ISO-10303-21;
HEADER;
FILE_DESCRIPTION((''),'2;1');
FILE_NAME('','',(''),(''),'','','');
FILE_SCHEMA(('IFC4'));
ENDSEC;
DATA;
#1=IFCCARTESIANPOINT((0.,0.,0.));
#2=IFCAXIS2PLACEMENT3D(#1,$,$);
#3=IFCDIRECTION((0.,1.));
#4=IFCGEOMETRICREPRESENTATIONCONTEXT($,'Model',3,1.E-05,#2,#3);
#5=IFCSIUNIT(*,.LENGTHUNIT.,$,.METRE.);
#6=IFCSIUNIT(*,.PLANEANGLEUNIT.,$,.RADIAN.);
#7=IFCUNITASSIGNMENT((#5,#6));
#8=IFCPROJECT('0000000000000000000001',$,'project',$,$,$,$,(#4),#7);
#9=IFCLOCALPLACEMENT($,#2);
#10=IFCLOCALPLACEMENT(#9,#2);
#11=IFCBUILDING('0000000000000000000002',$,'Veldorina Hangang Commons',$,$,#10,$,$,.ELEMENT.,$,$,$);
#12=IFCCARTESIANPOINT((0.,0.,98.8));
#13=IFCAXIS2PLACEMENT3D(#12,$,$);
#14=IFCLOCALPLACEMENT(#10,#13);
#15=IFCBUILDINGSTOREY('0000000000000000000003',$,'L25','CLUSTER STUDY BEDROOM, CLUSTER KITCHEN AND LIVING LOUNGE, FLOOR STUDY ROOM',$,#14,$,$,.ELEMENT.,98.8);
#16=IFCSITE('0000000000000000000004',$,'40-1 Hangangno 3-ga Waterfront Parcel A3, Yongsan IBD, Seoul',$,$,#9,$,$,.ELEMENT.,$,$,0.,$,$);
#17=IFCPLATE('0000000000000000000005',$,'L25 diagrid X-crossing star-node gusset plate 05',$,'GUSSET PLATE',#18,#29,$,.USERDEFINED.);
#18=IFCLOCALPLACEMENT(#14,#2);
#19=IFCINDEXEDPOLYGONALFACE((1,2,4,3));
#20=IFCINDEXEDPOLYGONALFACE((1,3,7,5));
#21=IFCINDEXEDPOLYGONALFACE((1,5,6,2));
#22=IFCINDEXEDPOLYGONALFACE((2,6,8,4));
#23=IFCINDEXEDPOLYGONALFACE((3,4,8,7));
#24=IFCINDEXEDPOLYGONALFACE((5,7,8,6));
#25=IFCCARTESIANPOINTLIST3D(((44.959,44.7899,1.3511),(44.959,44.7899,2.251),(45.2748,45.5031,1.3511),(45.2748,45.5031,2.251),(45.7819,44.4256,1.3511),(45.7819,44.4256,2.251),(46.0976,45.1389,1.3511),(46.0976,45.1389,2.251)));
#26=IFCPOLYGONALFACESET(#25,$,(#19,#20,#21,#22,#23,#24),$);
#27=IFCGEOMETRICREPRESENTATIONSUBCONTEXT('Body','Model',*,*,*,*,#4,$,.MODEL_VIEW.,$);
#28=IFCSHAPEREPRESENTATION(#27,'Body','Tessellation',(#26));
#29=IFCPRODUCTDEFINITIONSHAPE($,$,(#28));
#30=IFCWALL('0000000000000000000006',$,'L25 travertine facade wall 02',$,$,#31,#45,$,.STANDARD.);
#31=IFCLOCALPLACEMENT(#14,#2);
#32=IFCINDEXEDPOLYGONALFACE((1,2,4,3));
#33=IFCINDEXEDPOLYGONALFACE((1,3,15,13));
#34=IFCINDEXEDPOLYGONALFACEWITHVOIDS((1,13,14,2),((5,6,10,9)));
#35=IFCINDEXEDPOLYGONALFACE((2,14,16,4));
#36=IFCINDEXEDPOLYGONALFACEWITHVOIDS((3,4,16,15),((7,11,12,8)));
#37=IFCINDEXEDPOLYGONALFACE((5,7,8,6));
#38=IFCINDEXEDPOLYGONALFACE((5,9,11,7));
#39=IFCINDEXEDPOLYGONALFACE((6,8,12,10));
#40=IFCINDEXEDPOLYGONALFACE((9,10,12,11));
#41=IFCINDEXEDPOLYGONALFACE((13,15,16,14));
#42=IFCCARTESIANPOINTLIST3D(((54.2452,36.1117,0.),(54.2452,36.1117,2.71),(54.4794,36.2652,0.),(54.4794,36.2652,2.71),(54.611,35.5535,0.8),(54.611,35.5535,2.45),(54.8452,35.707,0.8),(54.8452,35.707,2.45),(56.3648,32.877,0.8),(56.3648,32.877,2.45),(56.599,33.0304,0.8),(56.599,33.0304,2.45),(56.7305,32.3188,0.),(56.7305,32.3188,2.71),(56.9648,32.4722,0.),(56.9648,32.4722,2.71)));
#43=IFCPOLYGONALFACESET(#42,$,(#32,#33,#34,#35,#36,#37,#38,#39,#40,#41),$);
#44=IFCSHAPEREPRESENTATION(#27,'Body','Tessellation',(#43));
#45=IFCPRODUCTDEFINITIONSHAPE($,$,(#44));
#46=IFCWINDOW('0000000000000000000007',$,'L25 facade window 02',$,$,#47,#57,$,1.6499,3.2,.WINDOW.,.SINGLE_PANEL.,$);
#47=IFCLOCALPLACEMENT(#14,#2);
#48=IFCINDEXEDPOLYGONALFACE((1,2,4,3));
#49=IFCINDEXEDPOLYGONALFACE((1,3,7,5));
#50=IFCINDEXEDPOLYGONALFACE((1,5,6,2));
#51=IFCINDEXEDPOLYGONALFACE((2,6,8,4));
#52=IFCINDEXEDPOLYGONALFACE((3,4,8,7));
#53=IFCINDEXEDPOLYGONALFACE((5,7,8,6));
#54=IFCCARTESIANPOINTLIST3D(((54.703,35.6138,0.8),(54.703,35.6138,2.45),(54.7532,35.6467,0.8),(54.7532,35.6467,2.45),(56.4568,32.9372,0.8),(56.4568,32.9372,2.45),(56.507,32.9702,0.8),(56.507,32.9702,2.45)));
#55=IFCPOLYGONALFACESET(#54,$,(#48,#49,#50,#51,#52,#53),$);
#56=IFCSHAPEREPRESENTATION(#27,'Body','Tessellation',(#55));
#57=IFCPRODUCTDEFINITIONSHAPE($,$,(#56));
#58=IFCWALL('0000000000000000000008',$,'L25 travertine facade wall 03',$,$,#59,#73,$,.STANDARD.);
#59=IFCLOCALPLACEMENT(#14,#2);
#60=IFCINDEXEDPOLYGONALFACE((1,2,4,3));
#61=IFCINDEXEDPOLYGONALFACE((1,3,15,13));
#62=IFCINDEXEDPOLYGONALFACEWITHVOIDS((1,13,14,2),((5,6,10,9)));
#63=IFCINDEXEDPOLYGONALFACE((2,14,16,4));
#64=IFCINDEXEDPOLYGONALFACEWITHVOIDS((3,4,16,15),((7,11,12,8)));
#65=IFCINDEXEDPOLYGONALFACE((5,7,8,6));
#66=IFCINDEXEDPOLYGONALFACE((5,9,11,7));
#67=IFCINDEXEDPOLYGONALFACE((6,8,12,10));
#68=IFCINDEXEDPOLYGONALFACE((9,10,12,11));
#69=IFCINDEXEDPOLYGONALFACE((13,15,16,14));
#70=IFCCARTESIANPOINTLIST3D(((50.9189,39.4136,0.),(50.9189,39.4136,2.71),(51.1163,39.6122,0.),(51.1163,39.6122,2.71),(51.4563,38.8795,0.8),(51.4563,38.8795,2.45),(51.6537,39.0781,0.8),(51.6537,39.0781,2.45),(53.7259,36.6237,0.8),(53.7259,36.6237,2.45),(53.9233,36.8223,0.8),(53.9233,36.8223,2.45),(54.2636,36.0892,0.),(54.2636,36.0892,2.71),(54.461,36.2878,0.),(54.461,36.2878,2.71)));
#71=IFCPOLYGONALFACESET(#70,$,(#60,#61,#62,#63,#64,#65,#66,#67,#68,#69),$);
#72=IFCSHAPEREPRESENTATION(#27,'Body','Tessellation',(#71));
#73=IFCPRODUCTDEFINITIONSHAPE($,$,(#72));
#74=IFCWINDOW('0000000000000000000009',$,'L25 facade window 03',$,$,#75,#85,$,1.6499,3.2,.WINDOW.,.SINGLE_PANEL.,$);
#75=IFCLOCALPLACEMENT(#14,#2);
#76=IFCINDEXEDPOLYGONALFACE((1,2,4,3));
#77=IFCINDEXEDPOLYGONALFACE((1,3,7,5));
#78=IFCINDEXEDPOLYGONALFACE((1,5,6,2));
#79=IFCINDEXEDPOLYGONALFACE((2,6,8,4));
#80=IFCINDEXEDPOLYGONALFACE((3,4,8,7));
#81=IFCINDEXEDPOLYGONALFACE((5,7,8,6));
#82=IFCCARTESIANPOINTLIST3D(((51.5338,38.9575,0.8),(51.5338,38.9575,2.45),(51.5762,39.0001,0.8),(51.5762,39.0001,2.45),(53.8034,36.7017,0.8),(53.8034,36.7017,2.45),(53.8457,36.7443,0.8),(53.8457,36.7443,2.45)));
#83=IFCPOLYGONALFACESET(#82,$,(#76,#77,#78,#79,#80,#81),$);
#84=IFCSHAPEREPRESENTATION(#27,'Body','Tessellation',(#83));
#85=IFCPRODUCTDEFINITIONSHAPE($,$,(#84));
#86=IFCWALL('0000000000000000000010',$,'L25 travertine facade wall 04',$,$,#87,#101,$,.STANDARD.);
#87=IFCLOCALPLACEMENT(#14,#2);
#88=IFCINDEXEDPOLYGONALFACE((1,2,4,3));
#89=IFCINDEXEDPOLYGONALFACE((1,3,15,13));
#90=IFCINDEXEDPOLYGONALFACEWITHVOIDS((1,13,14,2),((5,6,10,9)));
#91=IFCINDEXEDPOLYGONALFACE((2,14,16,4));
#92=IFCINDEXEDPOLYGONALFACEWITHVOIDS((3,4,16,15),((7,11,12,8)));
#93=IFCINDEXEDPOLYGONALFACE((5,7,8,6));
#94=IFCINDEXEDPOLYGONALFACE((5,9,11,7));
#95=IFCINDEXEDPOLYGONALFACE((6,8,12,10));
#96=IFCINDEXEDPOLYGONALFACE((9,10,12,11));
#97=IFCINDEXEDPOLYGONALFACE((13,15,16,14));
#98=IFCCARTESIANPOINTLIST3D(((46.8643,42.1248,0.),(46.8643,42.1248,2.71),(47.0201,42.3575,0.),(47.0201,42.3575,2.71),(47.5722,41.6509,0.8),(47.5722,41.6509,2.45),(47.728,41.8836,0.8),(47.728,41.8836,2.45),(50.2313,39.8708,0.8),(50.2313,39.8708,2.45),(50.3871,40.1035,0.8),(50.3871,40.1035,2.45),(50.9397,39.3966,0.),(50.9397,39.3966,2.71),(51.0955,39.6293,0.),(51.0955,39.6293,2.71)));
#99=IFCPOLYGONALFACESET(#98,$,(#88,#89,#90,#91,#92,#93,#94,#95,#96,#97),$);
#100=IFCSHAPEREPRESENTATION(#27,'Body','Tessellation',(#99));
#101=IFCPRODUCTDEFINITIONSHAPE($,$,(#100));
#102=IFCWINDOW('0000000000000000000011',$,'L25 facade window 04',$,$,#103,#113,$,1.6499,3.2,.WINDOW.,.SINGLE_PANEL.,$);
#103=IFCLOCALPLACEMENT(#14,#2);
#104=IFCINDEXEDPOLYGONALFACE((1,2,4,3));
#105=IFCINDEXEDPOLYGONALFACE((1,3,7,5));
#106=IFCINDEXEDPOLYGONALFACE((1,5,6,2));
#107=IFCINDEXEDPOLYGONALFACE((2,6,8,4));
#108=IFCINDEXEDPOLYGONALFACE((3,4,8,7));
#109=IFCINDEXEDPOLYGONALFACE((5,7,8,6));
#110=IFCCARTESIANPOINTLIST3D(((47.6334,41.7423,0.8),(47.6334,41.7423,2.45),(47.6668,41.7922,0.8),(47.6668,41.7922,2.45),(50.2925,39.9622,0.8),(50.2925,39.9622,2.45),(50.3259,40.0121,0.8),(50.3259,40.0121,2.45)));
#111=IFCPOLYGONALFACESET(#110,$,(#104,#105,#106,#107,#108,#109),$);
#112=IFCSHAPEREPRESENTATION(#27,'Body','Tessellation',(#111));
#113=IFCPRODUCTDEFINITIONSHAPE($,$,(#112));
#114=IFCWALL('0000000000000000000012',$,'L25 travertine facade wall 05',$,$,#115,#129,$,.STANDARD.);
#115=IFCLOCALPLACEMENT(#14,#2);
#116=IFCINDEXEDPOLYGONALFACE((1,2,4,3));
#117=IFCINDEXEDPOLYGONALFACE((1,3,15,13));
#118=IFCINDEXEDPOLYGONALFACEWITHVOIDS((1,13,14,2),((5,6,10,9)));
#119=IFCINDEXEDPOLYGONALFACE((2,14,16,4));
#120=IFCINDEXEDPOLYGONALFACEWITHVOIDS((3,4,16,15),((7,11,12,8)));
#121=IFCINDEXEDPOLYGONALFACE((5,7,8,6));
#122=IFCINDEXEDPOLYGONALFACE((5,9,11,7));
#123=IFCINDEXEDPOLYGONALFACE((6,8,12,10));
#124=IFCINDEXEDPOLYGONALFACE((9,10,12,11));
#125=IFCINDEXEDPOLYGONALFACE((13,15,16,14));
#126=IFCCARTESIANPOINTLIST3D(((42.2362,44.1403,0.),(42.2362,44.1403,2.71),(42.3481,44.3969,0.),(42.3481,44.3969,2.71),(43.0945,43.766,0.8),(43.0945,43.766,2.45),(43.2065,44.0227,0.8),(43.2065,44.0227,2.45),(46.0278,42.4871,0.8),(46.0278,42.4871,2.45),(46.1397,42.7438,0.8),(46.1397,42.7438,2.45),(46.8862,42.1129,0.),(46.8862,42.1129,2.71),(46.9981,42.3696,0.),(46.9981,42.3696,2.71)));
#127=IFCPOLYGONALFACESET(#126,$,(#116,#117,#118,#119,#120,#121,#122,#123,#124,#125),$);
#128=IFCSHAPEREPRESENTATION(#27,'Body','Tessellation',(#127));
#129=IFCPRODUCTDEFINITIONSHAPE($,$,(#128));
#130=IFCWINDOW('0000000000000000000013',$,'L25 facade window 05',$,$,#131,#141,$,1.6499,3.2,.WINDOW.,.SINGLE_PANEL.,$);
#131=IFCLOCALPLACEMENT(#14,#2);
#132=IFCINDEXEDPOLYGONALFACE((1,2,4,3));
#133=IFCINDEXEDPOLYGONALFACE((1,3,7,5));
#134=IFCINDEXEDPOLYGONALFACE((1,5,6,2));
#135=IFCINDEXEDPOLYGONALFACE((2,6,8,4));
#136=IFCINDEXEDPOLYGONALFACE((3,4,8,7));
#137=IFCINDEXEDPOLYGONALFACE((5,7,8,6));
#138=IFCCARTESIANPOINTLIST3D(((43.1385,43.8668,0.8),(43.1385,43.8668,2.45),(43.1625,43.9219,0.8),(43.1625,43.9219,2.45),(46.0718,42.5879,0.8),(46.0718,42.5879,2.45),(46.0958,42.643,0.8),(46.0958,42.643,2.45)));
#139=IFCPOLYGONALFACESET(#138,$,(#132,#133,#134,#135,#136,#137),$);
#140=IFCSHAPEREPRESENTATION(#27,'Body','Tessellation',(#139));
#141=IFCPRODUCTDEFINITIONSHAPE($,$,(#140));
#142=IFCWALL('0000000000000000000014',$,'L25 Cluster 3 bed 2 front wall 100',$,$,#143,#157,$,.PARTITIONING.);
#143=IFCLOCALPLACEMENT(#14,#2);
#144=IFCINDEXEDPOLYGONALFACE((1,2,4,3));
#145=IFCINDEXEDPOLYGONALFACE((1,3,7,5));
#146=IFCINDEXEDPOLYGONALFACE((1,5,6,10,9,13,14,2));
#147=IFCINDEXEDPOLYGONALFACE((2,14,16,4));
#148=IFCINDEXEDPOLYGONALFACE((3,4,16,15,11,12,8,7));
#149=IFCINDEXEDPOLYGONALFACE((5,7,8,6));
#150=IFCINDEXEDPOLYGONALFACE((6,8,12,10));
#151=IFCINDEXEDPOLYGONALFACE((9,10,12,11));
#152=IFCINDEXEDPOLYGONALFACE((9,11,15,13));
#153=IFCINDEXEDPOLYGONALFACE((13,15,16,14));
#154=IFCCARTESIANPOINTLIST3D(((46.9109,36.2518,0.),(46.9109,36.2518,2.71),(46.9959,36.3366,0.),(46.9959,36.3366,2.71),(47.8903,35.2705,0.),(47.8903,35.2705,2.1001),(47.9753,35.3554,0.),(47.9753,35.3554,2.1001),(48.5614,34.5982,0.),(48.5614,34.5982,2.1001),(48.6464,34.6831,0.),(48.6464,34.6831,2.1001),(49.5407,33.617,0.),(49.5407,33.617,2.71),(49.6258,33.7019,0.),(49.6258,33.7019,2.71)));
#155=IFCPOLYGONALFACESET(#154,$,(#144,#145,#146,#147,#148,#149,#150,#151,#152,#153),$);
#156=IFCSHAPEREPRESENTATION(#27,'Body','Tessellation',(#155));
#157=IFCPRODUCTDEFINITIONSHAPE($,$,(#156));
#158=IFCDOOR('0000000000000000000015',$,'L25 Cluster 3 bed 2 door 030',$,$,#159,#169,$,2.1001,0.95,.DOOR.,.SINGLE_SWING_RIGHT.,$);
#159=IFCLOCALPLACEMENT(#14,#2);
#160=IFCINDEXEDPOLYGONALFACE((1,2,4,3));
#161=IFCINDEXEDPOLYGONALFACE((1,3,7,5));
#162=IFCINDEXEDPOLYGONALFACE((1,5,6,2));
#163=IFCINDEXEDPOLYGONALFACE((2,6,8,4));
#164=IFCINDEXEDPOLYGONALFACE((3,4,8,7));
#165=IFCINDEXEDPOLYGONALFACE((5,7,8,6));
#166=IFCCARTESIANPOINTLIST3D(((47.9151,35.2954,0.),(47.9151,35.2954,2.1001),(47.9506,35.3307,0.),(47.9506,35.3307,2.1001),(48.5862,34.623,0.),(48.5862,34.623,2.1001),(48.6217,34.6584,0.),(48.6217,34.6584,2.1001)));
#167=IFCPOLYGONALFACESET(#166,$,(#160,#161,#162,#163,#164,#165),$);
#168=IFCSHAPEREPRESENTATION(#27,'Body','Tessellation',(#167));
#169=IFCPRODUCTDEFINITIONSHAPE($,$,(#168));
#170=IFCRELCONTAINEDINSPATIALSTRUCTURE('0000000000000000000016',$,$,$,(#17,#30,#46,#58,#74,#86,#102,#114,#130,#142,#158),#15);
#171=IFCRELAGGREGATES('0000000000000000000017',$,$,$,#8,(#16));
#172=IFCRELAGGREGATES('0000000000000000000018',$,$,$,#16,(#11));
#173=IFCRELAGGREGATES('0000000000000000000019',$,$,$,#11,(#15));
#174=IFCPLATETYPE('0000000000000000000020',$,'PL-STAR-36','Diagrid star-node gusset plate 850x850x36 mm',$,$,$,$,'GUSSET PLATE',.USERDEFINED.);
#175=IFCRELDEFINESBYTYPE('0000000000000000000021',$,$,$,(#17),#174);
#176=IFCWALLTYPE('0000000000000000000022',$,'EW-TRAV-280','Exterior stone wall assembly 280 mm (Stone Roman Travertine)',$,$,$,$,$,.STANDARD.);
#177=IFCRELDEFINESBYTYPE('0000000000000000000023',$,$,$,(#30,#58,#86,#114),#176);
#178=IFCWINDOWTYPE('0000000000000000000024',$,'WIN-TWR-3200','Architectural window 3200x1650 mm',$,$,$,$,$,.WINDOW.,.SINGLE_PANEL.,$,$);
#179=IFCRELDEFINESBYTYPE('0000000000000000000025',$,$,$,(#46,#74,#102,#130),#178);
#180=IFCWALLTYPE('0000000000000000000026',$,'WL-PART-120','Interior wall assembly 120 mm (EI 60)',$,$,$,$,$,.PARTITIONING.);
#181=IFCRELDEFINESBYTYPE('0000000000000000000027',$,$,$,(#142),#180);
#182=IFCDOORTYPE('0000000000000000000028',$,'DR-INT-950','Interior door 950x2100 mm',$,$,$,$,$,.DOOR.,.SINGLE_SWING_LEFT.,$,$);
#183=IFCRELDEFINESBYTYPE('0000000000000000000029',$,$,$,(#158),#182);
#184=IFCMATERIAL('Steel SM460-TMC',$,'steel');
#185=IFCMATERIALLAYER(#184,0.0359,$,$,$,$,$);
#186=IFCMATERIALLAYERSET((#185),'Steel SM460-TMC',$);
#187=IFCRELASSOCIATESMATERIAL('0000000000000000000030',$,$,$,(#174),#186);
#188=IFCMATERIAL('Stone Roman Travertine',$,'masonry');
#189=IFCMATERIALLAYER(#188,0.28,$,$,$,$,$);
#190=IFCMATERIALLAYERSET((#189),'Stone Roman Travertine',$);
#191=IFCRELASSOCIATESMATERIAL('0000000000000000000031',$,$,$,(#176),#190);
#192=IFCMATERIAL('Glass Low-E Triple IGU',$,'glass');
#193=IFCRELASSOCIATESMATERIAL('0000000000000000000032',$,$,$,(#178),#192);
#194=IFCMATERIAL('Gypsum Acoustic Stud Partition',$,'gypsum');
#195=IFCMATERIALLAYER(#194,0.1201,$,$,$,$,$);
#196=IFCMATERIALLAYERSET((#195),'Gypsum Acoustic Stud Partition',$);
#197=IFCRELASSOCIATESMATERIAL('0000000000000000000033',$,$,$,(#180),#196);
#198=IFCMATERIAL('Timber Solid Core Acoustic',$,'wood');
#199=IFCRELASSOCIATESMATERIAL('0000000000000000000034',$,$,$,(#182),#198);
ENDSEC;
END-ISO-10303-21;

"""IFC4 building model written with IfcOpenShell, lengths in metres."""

from ifc_helpers import new_model, si_unit, direction, frame, frame_2d, origin, origin_2d, place, context, subcontext, project, spatial, rectangle, extrude, material, layer, layer_set, type_object, element, fill, save


model = new_model("IFC4")

# Units and contexts
model_context = context("Model", 3, precision=1e-05, world=origin(), true_north=direction((0.0, 1.0)))
body_context = subcontext(model_context, "Body", "Model", "MODEL_VIEW")
ifc_project = project(units=[si_unit("LENGTHUNIT", "METRE"), si_unit("PLANEANGLEUNIT", "RADIAN")], contexts=[model_context])

# Site, building, storey
site_placement = place(None, origin())
site = spatial("IfcSite", under=ifc_project, at=site_placement, Name="40-1 Hangangno 3-ga Waterfront Parcel A3, Yongsan IBD, Seoul", CompositionType="ELEMENT", RefElevation=0.0)
building_placement = place(site_placement, origin())
building = spatial("IfcBuilding", under=site, at=building_placement, Name="Veldorina Hangang Commons", CompositionType="ELEMENT")
storey_placement = place(building_placement, frame((0.0, 0.0, 98.8)))
storey = spatial("IfcBuildingStorey", under=building, at=storey_placement, Name="L25", Description="CLUSTER STUDY BEDROOM, CLUSTER KITCHEN AND LIVING LOUNGE, FLOOR STUDY ROOM", CompositionType="ELEMENT", Elevation=98.8)

# Shared definitions
ifc_material_1 = material(Name="Steel SM460-TMC", Category="steel")

# Plate
ifc_layer_1 = layer(ifc_material_1, 0.0359)
ifc_layer_set_1 = layer_set([ifc_layer_1], Name="Steel SM460-TMC")
plate_type = type_object("IfcPlateType", Name="PL-STAR-36", Description="Diagrid star-node gusset plate 850x850x36 mm", ElementType="GUSSET PLATE", PredefinedType="USERDEFINED", material=ifc_layer_set_1)
plate_1_placement = place(storey_placement, frame((45.5283, 44.9644, 1.3511), z_axis=(0.0, 0.0, 1.0), x_axis=(-0.914409, 0.404791, 0.0)))
element("IfcPlate", 1, at=plate_1_placement, inside=storey, type_object=plate_type, Name="L25 diagrid X-crossing star-node gusset plate 05", ObjectType="GUSSET PLATE", PredefinedType="USERDEFINED", context=body_context, shape_type="SweptSolid", body=[
    extrude(rectangle(XDim=0.8999, YDim=0.78, at=origin_2d()), origin(), (0.0, 0.0, 1.0), 0.8999),
])

# Walls, openings, windows
ifc_material_2 = material(Name="Stone Roman Travertine", Category="masonry")
ifc_layer_2 = layer(ifc_material_2, 0.28)
ifc_layer_set_2 = layer_set([ifc_layer_2], Name="Stone Roman Travertine")
wall_type_1 = type_object("IfcWallType", Name="EW-TRAV-280", Description="Exterior stone wall assembly 280 mm (Stone Roman Travertine)", PredefinedType="STANDARD", material=ifc_layer_set_2)
wall_1_placement = place(storey_placement, frame((56.8477, 32.3955, 0.0), z_axis=(0.0, 0.0, 1.0), x_axis=(-0.548073, 0.83643, 0.0)))
wall_1 = element("IfcWall", 2, at=wall_1_placement, inside=storey, type_object=wall_type_1, Name="L25 travertine facade wall 02", PredefinedType="STANDARD", context=body_context, shape_type="SweptSolid", body=[
    extrude(rectangle(XDim=4.5347, YDim=0.28, at=frame_2d((2.2673, 0.0))), origin(), (0.0, 0.0, 1.0), 2.71),
])
opening_1_placement = place(wall_1_placement, frame((0.6672, 0.0, 0.8)))
opening_1 = element("IfcOpeningElement", 3, at=opening_1_placement, cuts=wall_1, PredefinedType="OPENING", context=body_context, shape_type="SweptSolid", body=[
    extrude(rectangle(XDim=3.2, YDim=1.6499, at=frame_2d((1.6001, 0.825))), frame((0.0, 0.1499, 0.0), z_axis=(0.0, -1.0, 0.0), x_axis=(1.0, 0.0, 0.0)), (0.0, 0.0, 1.0), 0.3),
])
ifc_material_3 = material(Name="Glass Low-E Triple IGU", Category="glass")
window_type = type_object("IfcWindowType", Name="WIN-TWR-3200", Description="Architectural window 3200x1650 mm", PartitioningType="SINGLE_PANEL", PredefinedType="WINDOW", material=ifc_material_3)
window_1_placement = place(opening_1_placement, origin())
window_1 = element("IfcWindow", 4, at=window_1_placement, inside=storey, type_object=window_type, Name="L25 facade window 02", OverallHeight=1.6499, OverallWidth=3.2, PartitioningType="SINGLE_PANEL", PredefinedType="WINDOW", context=body_context, shape_type="SweptSolid", body=[
    extrude(rectangle(XDim=3.2, YDim=1.6499, at=frame_2d((1.6001, 0.825))), frame((0.0, 0.03, 0.0), z_axis=(0.0, -1.0, 0.0), x_axis=(1.0, 0.0, 0.0)), (0.0, 0.0, 1.0), 0.0601),
])
fill(opening_1, window_1)
wall_2_placement = place(storey_placement, frame((54.3623, 36.1885, 0.0), z_axis=(0.0, 0.0, 1.0), x_axis=(-0.709252, 0.704955, 0.0)))
wall_2 = element("IfcWall", 5, at=wall_2_placement, inside=storey, type_object=wall_type_1, Name="L25 travertine facade wall 03", PredefinedType="STANDARD", context=body_context, shape_type="SweptSolid", body=[
    extrude(rectangle(XDim=4.7158, YDim=0.28, at=frame_2d((2.3579, 0.0))), origin(), (0.0, 0.0, 1.0), 2.71),
])
opening_2_placement = place(wall_2_placement, frame((0.7581, 0.0, 0.8)))
opening_2 = element("IfcOpeningElement", 6, at=opening_2_placement, cuts=wall_2, PredefinedType="OPENING", context=body_context, shape_type="SweptSolid", body=[
    extrude(rectangle(XDim=3.2, YDim=1.6499, at=frame_2d((1.6001, 0.825))), frame((0.0, 0.1499, 0.0), z_axis=(0.0, -1.0, 0.0), x_axis=(1.0, 0.0, 0.0)), (0.0, 0.0, 1.0), 0.3),
])
window_2_placement = place(opening_2_placement, origin())
window_2 = element("IfcWindow", 7, at=window_2_placement, inside=storey, type_object=window_type, Name="L25 facade window 03", OverallHeight=1.6499, OverallWidth=3.2, PartitioningType="SINGLE_PANEL", PredefinedType="WINDOW", context=body_context, shape_type="SweptSolid", body=[
    extrude(rectangle(XDim=3.2, YDim=1.6499, at=frame_2d((1.6001, 0.825))), frame((0.0, 0.03, 0.0), z_axis=(0.0, -1.0, 0.0), x_axis=(1.0, 0.0, 0.0)), (0.0, 0.0, 1.0), 0.0601),
])
fill(opening_2, window_2)
wall_3_placement = place(storey_placement, frame((51.0176, 39.5129, 0.0), z_axis=(0.0, 0.0, 1.0), x_axis=(-0.830984, 0.556296, 0.0)))
wall_3 = element("IfcWall", 8, at=wall_3_placement, inside=storey, type_object=wall_type_1, Name="L25 travertine facade wall 04", PredefinedType="STANDARD", context=body_context, shape_type="SweptSolid", body=[
    extrude(rectangle(XDim=4.9043, YDim=0.28, at=frame_2d((2.4521, 0.0))), origin(), (0.0, 0.0, 1.0), 2.71),
])
opening_3_placement = place(wall_3_placement, frame((0.8523, 0.0, 0.8)))
opening_3 = element("IfcOpeningElement", 9, at=opening_3_placement, cuts=wall_3, PredefinedType="OPENING", context=body_context, shape_type="SweptSolid", body=[
    extrude(rectangle(XDim=3.2, YDim=1.6499, at=frame_2d((1.6001, 0.825))), frame((0.0, 0.1499, 0.0), z_axis=(0.0, -1.0, 0.0), x_axis=(1.0, 0.0, 0.0)), (0.0, 0.0, 1.0), 0.3),
])
window_3_placement = place(opening_3_placement, origin())
window_3 = element("IfcWindow", 10, at=window_3_placement, inside=storey, type_object=window_type, Name="L25 facade window 04", OverallHeight=1.6499, OverallWidth=3.2, PartitioningType="SINGLE_PANEL", PredefinedType="WINDOW", context=body_context, shape_type="SweptSolid", body=[
    extrude(rectangle(XDim=3.2, YDim=1.6499, at=frame_2d((1.6001, 0.825))), frame((0.0, 0.03, 0.0), z_axis=(0.0, -1.0, 0.0), x_axis=(1.0, 0.0, 0.0)), (0.0, 0.0, 1.0), 0.0601),
])
fill(opening_3, window_3)
wall_4_placement = place(storey_placement, frame((46.9421, 42.2412, 0.0), z_axis=(0.0, 0.0, 1.0), x_axis=(-0.916663, 0.399662, 0.0)))
wall_4 = element("IfcWall", 11, at=wall_4_placement, inside=storey, type_object=wall_type_1, Name="L25 travertine facade wall 05", PredefinedType="STANDARD", context=body_context, shape_type="SweptSolid", body=[
    extrude(rectangle(XDim=5.0728, YDim=0.28, at=frame_2d((2.5364, 0.0))), origin(), (0.0, 0.0, 1.0), 2.71),
])
opening_4_placement = place(wall_4_placement, frame((0.9363, 0.0, 0.8)))
opening_4 = element("IfcOpeningElement", 12, at=opening_4_placement, cuts=wall_4, PredefinedType="OPENING", context=body_context, shape_type="SweptSolid", body=[
    extrude(rectangle(XDim=3.2, YDim=1.6499, at=frame_2d((1.6001, 0.825))), frame((0.0, 0.1499, 0.0), z_axis=(0.0, -1.0, 0.0), x_axis=(1.0, 0.0, 0.0)), (0.0, 0.0, 1.0), 0.3),
])
window_4_placement = place(opening_4_placement, origin())
window_4 = element("IfcWindow", 13, at=window_4_placement, inside=storey, type_object=window_type, Name="L25 facade window 05", OverallHeight=1.6499, OverallWidth=3.2, PartitioningType="SINGLE_PANEL", PredefinedType="WINDOW", context=body_context, shape_type="SweptSolid", body=[
    extrude(rectangle(XDim=3.2, YDim=1.6499, at=frame_2d((1.6001, 0.825))), frame((0.0, 0.03, 0.0), z_axis=(0.0, -1.0, 0.0), x_axis=(1.0, 0.0, 0.0)), (0.0, 0.0, 1.0), 0.0601),
])
fill(opening_4, window_4)

# Wall, opening, door
ifc_material_4 = material(Name="Gypsum Acoustic Stud Partition", Category="gypsum")
ifc_layer_3 = layer(ifc_material_4, 0.1201)
ifc_layer_set_3 = layer_set([ifc_layer_3], Name="Gypsum Acoustic Stud Partition")
wall_type_2 = type_object("IfcWallType", Name="WL-PART-120", Description="Interior wall assembly 120 mm (EI 60)", PredefinedType="PARTITIONING", material=ifc_layer_set_3)
wall_5_placement = place(storey_placement, frame((49.5833, 33.6594, 0.0), z_axis=(0.0, 0.0, 1.0), x_axis=(-0.706451, 0.707762, 0.0)))
wall_5 = element("IfcWall", 14, at=wall_5_placement, inside=storey, type_object=wall_type_2, Name="L25 Cluster 3 bed 2 front wall 100", PredefinedType="PARTITIONING", context=body_context, shape_type="SweptSolid", body=[
    extrude(rectangle(XDim=3.7227, YDim=0.1201, at=frame_2d((1.8613, 0.0))), origin(), (0.0, 0.0, 1.0), 2.71),
])
opening_5_placement = place(wall_5_placement, frame((1.3862, 0.0, 0.0)))
opening_5 = element("IfcOpeningElement", 15, at=opening_5_placement, cuts=wall_5, PredefinedType="OPENING", context=body_context, shape_type="SweptSolid", body=[
    extrude(rectangle(XDim=0.95, YDim=2.1001, at=frame_2d((0.4751, 1.05))), frame((0.0, 0.0701, 0.0), z_axis=(0.0, -1.0, 0.0), x_axis=(1.0, 0.0, 0.0)), (0.0, 0.0, 1.0), 0.1401),
])
ifc_material_5 = material(Name="Timber Solid Core Acoustic", Category="wood")
door_type = type_object("IfcDoorType", Name="DR-INT-950", Description="Interior door 950x2100 mm", OperationType="SINGLE_SWING_LEFT", PredefinedType="DOOR", material=ifc_material_5)
door_1_placement = place(opening_5_placement, origin())
door_1 = element("IfcDoor", 16, at=door_1_placement, inside=storey, type_object=door_type, Name="L25 Cluster 3 bed 2 door 030", OperationType="SINGLE_SWING_RIGHT", OverallHeight=2.1001, OverallWidth=0.95, PredefinedType="DOOR", context=body_context, shape_type="SweptSolid", body=[
    extrude(rectangle(XDim=0.95, YDim=2.1001, at=frame_2d((0.4751, 1.05))), frame((0.0, 0.0249, 0.0), z_axis=(0.0, -1.0, 0.0), x_axis=(1.0, 0.0, 0.0)), (0.0, 0.0, 1.0), 0.05),
])
fill(opening_5, door_1)

save(model, "model.ifc")
